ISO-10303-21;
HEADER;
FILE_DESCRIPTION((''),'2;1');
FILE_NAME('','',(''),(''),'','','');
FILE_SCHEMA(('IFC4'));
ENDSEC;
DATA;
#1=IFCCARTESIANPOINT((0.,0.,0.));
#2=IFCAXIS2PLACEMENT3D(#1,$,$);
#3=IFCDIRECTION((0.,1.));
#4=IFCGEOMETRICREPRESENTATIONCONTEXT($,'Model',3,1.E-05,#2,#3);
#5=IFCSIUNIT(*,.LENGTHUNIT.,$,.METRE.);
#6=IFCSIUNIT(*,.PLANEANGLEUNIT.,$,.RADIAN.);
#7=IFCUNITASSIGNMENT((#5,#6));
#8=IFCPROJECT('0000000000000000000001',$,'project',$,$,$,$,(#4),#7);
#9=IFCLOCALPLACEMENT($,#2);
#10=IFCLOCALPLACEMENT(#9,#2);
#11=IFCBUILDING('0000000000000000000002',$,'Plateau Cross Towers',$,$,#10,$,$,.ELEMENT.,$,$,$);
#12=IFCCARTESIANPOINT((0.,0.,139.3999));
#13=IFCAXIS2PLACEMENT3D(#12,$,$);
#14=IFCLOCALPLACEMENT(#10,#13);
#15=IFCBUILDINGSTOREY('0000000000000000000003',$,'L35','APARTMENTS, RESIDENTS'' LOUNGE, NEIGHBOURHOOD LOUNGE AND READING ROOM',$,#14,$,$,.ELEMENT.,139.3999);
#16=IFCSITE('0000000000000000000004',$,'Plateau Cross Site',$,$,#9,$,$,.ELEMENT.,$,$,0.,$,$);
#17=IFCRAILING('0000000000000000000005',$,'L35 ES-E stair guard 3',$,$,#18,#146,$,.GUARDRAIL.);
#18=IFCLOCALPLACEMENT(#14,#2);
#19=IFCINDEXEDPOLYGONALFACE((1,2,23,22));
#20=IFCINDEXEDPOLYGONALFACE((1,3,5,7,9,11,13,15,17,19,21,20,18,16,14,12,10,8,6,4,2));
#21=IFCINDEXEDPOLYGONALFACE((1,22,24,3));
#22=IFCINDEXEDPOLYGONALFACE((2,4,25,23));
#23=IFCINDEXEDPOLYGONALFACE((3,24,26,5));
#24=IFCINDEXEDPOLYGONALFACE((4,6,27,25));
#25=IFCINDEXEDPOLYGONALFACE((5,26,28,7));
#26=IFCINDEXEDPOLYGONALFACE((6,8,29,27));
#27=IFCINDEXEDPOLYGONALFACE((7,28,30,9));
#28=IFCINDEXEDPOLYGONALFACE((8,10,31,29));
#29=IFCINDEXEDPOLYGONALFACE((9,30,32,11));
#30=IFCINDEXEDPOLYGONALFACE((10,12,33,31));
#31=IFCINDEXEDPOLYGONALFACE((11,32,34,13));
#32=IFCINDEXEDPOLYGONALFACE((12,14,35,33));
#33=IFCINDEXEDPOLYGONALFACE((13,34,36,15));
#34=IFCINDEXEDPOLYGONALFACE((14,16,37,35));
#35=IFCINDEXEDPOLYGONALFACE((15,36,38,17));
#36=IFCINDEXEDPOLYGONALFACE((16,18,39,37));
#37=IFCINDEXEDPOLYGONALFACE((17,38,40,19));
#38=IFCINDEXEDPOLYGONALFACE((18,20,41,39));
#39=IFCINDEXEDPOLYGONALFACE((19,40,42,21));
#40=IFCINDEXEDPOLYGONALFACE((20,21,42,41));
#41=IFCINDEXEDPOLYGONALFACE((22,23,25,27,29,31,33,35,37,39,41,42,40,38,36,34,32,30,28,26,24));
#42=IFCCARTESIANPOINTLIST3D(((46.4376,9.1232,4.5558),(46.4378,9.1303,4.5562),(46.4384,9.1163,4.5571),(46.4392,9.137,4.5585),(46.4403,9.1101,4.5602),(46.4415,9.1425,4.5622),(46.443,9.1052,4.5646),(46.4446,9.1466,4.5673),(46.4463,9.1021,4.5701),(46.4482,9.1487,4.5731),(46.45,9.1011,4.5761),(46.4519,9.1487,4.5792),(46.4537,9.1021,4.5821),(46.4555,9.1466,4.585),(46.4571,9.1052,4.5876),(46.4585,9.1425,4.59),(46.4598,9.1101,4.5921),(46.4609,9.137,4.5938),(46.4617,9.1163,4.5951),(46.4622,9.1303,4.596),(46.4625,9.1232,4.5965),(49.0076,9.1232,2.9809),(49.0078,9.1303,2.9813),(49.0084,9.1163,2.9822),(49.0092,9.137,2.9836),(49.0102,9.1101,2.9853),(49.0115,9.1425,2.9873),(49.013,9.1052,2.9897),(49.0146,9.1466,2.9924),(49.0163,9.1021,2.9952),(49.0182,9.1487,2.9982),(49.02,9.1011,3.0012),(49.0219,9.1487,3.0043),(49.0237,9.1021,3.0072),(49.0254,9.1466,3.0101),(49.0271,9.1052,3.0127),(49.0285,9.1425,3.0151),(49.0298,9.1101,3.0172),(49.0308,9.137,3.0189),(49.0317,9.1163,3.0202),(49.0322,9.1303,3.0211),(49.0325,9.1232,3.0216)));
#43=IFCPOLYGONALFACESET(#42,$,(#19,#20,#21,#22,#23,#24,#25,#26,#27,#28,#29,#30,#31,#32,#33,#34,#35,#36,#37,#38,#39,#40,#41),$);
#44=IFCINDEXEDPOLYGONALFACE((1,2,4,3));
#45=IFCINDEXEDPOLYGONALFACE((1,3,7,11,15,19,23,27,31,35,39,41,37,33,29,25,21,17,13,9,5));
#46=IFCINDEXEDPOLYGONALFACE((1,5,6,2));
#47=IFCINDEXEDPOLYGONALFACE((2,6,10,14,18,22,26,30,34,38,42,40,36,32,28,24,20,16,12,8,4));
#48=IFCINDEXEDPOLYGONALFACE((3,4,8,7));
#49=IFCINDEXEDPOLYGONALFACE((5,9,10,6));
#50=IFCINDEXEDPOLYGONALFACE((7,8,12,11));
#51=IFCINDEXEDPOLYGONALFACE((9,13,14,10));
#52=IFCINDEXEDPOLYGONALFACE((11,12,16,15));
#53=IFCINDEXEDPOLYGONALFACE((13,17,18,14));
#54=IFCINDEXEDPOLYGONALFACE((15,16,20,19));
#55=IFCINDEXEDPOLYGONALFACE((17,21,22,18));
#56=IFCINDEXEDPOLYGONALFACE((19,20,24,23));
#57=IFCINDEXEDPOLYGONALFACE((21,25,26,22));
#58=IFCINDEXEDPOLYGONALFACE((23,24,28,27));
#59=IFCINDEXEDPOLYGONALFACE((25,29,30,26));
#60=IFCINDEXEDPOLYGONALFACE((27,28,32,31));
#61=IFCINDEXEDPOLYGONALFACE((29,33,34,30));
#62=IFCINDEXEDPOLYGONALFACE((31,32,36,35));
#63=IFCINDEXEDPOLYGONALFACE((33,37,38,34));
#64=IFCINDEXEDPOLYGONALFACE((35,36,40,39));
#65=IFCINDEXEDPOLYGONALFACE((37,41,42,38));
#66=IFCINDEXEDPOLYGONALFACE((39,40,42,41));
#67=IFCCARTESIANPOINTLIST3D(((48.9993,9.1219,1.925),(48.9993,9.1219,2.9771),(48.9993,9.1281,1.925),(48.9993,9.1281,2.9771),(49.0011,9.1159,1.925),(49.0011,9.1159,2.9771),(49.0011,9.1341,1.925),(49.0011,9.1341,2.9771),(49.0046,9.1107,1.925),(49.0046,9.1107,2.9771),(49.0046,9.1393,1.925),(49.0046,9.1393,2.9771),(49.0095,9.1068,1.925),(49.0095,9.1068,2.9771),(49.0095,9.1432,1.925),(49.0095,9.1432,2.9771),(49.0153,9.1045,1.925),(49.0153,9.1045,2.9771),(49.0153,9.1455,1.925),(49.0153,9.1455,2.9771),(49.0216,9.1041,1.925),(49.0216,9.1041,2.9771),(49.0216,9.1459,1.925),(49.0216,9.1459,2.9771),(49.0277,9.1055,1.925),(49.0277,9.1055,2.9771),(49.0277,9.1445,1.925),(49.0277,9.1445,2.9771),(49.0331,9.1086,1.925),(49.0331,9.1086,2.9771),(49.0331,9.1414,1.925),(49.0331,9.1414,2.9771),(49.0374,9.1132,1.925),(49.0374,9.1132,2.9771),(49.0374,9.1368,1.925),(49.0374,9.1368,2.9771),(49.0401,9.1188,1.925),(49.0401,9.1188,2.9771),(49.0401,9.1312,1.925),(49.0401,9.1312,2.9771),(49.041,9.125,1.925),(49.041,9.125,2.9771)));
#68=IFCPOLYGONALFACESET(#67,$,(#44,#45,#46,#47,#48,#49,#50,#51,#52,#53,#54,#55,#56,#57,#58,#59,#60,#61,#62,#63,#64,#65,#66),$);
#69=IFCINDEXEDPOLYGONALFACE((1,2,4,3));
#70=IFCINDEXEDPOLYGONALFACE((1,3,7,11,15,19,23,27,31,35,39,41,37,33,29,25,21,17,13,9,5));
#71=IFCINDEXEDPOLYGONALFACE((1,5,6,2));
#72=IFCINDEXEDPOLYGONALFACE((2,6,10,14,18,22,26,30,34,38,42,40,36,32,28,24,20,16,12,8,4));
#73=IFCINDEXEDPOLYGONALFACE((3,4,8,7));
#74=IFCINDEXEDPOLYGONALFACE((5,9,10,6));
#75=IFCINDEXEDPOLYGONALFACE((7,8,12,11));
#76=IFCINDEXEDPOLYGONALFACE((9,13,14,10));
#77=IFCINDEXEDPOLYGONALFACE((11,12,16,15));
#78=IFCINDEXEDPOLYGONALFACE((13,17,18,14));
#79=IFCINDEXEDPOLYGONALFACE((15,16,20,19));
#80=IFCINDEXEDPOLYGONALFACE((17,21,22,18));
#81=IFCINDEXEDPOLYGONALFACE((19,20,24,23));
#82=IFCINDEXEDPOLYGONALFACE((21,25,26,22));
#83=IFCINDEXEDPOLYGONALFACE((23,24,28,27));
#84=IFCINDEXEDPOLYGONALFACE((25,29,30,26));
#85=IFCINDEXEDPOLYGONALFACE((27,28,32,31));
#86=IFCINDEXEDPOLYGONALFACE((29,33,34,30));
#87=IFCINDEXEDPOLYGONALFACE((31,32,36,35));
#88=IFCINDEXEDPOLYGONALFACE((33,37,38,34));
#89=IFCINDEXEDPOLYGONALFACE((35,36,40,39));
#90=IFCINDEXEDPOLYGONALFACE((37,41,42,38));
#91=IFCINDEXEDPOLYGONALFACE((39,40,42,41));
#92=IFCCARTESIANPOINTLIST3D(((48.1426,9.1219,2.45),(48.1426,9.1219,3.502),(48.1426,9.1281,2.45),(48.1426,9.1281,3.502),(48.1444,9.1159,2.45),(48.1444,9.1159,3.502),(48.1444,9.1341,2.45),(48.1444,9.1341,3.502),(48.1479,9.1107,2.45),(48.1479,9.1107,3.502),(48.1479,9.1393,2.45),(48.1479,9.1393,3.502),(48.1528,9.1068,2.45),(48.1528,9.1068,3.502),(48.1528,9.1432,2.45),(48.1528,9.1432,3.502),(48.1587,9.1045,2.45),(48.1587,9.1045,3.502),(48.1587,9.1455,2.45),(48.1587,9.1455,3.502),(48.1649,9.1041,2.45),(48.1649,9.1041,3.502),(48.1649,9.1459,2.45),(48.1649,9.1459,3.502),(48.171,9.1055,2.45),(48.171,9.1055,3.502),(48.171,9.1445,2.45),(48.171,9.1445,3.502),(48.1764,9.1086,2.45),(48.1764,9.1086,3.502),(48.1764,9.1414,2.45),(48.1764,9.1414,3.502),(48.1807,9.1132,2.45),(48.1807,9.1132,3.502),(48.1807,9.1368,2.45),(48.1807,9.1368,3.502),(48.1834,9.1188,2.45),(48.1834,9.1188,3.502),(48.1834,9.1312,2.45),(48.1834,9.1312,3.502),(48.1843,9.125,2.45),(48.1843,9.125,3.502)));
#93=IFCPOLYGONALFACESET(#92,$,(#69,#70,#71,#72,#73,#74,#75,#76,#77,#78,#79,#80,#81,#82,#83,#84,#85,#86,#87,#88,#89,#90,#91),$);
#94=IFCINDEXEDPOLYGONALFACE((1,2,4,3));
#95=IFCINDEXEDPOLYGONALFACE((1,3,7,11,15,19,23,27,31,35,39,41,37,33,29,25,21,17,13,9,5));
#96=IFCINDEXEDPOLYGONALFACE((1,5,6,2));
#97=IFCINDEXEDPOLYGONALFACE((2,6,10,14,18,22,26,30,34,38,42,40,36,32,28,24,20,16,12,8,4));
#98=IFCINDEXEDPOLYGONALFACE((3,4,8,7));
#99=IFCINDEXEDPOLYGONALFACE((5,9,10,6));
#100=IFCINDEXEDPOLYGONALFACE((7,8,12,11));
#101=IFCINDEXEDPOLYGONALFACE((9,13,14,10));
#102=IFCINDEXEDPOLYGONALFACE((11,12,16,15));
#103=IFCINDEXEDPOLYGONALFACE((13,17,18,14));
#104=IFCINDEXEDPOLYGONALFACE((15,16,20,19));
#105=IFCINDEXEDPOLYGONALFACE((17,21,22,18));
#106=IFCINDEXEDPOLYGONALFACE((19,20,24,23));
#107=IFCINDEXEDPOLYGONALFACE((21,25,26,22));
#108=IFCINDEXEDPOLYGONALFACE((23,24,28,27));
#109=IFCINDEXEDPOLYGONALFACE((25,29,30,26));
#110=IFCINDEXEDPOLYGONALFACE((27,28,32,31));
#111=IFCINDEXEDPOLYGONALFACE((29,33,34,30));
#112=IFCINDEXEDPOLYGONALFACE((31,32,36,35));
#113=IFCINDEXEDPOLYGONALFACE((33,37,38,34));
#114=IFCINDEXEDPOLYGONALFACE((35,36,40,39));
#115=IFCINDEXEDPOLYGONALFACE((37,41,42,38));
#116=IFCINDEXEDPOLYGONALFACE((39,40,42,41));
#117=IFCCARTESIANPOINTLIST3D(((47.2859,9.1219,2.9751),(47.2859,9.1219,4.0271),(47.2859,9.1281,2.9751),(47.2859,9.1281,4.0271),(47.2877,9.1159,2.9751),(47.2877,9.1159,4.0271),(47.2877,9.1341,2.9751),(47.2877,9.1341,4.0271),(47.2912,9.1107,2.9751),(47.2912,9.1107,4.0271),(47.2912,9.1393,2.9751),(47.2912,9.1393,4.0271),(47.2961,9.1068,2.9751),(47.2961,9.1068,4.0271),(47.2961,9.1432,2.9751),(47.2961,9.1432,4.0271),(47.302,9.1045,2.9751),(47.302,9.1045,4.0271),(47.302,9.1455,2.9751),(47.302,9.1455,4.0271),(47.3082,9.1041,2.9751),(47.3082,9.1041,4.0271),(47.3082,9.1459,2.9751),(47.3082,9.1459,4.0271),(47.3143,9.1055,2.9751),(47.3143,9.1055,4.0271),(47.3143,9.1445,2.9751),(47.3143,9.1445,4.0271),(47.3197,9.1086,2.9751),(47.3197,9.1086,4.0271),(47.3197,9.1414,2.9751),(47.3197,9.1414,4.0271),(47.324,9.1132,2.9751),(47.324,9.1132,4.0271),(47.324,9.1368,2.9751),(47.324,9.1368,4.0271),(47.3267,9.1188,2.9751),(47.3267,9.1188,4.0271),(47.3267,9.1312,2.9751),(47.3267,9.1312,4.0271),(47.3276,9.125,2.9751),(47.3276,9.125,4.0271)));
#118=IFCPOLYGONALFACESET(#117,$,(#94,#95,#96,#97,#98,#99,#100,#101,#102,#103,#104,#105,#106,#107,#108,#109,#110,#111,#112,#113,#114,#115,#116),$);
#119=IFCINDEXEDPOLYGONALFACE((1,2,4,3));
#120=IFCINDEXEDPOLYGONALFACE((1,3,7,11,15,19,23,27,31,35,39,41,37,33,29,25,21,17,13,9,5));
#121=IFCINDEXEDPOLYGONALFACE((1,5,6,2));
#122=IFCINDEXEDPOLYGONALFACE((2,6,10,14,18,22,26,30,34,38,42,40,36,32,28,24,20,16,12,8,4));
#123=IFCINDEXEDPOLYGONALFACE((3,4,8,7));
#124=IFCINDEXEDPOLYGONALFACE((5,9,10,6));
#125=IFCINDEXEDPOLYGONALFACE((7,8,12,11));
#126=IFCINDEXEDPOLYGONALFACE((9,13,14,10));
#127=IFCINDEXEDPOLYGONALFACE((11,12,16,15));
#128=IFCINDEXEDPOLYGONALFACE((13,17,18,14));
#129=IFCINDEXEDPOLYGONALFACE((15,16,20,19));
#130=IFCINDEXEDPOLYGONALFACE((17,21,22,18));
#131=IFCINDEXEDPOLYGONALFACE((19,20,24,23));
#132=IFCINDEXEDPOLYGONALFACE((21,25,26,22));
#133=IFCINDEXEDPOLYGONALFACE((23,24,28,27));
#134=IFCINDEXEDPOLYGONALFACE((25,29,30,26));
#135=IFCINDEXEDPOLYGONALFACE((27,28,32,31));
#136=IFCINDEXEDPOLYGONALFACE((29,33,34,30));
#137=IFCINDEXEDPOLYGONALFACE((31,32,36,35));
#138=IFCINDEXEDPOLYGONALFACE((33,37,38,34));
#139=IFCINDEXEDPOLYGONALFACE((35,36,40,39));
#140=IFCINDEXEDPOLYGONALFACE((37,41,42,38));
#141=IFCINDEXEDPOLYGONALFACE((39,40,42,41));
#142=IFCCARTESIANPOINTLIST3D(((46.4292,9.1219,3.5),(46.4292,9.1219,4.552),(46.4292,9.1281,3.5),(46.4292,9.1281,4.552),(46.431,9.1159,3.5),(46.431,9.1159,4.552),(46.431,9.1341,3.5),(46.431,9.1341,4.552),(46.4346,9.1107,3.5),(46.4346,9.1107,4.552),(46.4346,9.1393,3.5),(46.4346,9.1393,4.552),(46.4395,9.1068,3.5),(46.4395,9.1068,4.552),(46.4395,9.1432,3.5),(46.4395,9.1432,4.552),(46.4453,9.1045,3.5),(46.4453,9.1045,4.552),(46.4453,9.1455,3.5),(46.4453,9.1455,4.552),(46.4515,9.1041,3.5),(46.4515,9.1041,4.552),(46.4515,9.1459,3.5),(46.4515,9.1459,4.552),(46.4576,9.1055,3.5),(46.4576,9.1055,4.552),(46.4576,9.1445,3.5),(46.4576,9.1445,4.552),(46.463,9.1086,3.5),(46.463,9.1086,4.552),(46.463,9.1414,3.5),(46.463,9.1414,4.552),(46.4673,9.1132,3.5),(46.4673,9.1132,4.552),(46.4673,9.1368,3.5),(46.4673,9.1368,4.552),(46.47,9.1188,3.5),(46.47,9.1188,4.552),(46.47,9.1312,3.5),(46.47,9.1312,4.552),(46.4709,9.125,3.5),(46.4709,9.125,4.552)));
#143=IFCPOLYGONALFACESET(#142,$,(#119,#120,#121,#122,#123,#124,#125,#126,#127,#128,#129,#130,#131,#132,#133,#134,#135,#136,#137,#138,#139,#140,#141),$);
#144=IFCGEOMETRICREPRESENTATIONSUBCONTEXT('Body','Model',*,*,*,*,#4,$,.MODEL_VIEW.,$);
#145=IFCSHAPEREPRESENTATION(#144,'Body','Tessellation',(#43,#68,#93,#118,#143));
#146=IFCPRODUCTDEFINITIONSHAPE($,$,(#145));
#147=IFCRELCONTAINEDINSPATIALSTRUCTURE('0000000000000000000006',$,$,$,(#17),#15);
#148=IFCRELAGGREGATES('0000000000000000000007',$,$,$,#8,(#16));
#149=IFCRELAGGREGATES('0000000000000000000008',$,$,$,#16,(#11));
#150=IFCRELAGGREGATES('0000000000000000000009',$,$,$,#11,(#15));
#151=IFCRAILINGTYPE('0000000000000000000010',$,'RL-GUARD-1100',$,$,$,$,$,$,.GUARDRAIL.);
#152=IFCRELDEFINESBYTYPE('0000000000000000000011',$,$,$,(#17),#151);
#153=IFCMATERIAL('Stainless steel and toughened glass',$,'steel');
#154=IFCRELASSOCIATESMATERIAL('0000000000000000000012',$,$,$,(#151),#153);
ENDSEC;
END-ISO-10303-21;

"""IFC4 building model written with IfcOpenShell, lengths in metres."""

from ifc_helpers import new_model, si_unit, direction, frame, origin, origin_2d, place, context, subcontext, project, spatial, circle, extrude, material, type_object, element, save


model = new_model("IFC4")

# Units and contexts
model_context = context("Model", 3, precision=1e-05, world=origin(), true_north=direction((0.0, 1.0)))
body_context = subcontext(model_context, "Body", "Model", "MODEL_VIEW")
ifc_project = project(units=[si_unit("LENGTHUNIT", "METRE"), si_unit("PLANEANGLEUNIT", "RADIAN")], contexts=[model_context])

# Site, building, storey
site_placement = place(None, origin())
site = spatial("IfcSite", under=ifc_project, at=site_placement, Name="Plateau Cross Site", CompositionType="ELEMENT", RefElevation=0.0)
building_placement = place(site_placement, origin())
building = spatial("IfcBuilding", under=site, at=building_placement, Name="Plateau Cross Towers", CompositionType="ELEMENT")
storey_placement = place(building_placement, frame((0.0, 0.0, 139.3999)))
storey = spatial("IfcBuildingStorey", under=building, at=storey_placement, Name="L35", Description="APARTMENTS, RESIDENTS' LOUNGE, NEIGHBOURHOOD LOUNGE AND READING ROOM", CompositionType="ELEMENT", Elevation=139.3999)

# Railing
ifc_material_1 = material(Name="Stainless steel and toughened glass", Category="steel")
railing_type_1 = type_object("IfcRailingType", Name="RL-GUARD-1100", PredefinedType="GUARDRAIL", material=ifc_material_1)
railing_1_placement = place(storey_placement, frame((49.02, 9.125, 1.925)))
element("IfcRailing", 1, at=railing_1_placement, inside=storey, type_object=railing_type_1, Name="L35 ES-E stair guard 3", PredefinedType="GUARDRAIL", context=body_context, shape_type="SweptSolid", body=[
    extrude(circle(Radius=0.0239, at=origin_2d()), frame((0.0, 0.0, 1.0762), z_axis=(-0.852639, 0.0, 0.522501), x_axis=(0.0, -1.0, 0.0)), (0.0, 0.0, 1.0), 3.0142),
    extrude(circle(Radius=0.021, at=origin_2d()), origin(), (0.0, 0.0, 1.0), 1.052),
    extrude(circle(Radius=0.021, at=origin_2d()), frame((-0.8567, 0.0, 0.5249)), (0.0, 0.0, 1.0), 1.052),
    extrude(circle(Radius=0.021, at=origin_2d()), frame((-1.7134, 0.0, 1.05)), (0.0, 0.0, 1.0), 1.052),
    extrude(circle(Radius=0.021, at=origin_2d()), frame((-2.5701, 0.0, 1.575)), (0.0, 0.0, 1.0), 1.052),
])

save(model, "model.ifc")
